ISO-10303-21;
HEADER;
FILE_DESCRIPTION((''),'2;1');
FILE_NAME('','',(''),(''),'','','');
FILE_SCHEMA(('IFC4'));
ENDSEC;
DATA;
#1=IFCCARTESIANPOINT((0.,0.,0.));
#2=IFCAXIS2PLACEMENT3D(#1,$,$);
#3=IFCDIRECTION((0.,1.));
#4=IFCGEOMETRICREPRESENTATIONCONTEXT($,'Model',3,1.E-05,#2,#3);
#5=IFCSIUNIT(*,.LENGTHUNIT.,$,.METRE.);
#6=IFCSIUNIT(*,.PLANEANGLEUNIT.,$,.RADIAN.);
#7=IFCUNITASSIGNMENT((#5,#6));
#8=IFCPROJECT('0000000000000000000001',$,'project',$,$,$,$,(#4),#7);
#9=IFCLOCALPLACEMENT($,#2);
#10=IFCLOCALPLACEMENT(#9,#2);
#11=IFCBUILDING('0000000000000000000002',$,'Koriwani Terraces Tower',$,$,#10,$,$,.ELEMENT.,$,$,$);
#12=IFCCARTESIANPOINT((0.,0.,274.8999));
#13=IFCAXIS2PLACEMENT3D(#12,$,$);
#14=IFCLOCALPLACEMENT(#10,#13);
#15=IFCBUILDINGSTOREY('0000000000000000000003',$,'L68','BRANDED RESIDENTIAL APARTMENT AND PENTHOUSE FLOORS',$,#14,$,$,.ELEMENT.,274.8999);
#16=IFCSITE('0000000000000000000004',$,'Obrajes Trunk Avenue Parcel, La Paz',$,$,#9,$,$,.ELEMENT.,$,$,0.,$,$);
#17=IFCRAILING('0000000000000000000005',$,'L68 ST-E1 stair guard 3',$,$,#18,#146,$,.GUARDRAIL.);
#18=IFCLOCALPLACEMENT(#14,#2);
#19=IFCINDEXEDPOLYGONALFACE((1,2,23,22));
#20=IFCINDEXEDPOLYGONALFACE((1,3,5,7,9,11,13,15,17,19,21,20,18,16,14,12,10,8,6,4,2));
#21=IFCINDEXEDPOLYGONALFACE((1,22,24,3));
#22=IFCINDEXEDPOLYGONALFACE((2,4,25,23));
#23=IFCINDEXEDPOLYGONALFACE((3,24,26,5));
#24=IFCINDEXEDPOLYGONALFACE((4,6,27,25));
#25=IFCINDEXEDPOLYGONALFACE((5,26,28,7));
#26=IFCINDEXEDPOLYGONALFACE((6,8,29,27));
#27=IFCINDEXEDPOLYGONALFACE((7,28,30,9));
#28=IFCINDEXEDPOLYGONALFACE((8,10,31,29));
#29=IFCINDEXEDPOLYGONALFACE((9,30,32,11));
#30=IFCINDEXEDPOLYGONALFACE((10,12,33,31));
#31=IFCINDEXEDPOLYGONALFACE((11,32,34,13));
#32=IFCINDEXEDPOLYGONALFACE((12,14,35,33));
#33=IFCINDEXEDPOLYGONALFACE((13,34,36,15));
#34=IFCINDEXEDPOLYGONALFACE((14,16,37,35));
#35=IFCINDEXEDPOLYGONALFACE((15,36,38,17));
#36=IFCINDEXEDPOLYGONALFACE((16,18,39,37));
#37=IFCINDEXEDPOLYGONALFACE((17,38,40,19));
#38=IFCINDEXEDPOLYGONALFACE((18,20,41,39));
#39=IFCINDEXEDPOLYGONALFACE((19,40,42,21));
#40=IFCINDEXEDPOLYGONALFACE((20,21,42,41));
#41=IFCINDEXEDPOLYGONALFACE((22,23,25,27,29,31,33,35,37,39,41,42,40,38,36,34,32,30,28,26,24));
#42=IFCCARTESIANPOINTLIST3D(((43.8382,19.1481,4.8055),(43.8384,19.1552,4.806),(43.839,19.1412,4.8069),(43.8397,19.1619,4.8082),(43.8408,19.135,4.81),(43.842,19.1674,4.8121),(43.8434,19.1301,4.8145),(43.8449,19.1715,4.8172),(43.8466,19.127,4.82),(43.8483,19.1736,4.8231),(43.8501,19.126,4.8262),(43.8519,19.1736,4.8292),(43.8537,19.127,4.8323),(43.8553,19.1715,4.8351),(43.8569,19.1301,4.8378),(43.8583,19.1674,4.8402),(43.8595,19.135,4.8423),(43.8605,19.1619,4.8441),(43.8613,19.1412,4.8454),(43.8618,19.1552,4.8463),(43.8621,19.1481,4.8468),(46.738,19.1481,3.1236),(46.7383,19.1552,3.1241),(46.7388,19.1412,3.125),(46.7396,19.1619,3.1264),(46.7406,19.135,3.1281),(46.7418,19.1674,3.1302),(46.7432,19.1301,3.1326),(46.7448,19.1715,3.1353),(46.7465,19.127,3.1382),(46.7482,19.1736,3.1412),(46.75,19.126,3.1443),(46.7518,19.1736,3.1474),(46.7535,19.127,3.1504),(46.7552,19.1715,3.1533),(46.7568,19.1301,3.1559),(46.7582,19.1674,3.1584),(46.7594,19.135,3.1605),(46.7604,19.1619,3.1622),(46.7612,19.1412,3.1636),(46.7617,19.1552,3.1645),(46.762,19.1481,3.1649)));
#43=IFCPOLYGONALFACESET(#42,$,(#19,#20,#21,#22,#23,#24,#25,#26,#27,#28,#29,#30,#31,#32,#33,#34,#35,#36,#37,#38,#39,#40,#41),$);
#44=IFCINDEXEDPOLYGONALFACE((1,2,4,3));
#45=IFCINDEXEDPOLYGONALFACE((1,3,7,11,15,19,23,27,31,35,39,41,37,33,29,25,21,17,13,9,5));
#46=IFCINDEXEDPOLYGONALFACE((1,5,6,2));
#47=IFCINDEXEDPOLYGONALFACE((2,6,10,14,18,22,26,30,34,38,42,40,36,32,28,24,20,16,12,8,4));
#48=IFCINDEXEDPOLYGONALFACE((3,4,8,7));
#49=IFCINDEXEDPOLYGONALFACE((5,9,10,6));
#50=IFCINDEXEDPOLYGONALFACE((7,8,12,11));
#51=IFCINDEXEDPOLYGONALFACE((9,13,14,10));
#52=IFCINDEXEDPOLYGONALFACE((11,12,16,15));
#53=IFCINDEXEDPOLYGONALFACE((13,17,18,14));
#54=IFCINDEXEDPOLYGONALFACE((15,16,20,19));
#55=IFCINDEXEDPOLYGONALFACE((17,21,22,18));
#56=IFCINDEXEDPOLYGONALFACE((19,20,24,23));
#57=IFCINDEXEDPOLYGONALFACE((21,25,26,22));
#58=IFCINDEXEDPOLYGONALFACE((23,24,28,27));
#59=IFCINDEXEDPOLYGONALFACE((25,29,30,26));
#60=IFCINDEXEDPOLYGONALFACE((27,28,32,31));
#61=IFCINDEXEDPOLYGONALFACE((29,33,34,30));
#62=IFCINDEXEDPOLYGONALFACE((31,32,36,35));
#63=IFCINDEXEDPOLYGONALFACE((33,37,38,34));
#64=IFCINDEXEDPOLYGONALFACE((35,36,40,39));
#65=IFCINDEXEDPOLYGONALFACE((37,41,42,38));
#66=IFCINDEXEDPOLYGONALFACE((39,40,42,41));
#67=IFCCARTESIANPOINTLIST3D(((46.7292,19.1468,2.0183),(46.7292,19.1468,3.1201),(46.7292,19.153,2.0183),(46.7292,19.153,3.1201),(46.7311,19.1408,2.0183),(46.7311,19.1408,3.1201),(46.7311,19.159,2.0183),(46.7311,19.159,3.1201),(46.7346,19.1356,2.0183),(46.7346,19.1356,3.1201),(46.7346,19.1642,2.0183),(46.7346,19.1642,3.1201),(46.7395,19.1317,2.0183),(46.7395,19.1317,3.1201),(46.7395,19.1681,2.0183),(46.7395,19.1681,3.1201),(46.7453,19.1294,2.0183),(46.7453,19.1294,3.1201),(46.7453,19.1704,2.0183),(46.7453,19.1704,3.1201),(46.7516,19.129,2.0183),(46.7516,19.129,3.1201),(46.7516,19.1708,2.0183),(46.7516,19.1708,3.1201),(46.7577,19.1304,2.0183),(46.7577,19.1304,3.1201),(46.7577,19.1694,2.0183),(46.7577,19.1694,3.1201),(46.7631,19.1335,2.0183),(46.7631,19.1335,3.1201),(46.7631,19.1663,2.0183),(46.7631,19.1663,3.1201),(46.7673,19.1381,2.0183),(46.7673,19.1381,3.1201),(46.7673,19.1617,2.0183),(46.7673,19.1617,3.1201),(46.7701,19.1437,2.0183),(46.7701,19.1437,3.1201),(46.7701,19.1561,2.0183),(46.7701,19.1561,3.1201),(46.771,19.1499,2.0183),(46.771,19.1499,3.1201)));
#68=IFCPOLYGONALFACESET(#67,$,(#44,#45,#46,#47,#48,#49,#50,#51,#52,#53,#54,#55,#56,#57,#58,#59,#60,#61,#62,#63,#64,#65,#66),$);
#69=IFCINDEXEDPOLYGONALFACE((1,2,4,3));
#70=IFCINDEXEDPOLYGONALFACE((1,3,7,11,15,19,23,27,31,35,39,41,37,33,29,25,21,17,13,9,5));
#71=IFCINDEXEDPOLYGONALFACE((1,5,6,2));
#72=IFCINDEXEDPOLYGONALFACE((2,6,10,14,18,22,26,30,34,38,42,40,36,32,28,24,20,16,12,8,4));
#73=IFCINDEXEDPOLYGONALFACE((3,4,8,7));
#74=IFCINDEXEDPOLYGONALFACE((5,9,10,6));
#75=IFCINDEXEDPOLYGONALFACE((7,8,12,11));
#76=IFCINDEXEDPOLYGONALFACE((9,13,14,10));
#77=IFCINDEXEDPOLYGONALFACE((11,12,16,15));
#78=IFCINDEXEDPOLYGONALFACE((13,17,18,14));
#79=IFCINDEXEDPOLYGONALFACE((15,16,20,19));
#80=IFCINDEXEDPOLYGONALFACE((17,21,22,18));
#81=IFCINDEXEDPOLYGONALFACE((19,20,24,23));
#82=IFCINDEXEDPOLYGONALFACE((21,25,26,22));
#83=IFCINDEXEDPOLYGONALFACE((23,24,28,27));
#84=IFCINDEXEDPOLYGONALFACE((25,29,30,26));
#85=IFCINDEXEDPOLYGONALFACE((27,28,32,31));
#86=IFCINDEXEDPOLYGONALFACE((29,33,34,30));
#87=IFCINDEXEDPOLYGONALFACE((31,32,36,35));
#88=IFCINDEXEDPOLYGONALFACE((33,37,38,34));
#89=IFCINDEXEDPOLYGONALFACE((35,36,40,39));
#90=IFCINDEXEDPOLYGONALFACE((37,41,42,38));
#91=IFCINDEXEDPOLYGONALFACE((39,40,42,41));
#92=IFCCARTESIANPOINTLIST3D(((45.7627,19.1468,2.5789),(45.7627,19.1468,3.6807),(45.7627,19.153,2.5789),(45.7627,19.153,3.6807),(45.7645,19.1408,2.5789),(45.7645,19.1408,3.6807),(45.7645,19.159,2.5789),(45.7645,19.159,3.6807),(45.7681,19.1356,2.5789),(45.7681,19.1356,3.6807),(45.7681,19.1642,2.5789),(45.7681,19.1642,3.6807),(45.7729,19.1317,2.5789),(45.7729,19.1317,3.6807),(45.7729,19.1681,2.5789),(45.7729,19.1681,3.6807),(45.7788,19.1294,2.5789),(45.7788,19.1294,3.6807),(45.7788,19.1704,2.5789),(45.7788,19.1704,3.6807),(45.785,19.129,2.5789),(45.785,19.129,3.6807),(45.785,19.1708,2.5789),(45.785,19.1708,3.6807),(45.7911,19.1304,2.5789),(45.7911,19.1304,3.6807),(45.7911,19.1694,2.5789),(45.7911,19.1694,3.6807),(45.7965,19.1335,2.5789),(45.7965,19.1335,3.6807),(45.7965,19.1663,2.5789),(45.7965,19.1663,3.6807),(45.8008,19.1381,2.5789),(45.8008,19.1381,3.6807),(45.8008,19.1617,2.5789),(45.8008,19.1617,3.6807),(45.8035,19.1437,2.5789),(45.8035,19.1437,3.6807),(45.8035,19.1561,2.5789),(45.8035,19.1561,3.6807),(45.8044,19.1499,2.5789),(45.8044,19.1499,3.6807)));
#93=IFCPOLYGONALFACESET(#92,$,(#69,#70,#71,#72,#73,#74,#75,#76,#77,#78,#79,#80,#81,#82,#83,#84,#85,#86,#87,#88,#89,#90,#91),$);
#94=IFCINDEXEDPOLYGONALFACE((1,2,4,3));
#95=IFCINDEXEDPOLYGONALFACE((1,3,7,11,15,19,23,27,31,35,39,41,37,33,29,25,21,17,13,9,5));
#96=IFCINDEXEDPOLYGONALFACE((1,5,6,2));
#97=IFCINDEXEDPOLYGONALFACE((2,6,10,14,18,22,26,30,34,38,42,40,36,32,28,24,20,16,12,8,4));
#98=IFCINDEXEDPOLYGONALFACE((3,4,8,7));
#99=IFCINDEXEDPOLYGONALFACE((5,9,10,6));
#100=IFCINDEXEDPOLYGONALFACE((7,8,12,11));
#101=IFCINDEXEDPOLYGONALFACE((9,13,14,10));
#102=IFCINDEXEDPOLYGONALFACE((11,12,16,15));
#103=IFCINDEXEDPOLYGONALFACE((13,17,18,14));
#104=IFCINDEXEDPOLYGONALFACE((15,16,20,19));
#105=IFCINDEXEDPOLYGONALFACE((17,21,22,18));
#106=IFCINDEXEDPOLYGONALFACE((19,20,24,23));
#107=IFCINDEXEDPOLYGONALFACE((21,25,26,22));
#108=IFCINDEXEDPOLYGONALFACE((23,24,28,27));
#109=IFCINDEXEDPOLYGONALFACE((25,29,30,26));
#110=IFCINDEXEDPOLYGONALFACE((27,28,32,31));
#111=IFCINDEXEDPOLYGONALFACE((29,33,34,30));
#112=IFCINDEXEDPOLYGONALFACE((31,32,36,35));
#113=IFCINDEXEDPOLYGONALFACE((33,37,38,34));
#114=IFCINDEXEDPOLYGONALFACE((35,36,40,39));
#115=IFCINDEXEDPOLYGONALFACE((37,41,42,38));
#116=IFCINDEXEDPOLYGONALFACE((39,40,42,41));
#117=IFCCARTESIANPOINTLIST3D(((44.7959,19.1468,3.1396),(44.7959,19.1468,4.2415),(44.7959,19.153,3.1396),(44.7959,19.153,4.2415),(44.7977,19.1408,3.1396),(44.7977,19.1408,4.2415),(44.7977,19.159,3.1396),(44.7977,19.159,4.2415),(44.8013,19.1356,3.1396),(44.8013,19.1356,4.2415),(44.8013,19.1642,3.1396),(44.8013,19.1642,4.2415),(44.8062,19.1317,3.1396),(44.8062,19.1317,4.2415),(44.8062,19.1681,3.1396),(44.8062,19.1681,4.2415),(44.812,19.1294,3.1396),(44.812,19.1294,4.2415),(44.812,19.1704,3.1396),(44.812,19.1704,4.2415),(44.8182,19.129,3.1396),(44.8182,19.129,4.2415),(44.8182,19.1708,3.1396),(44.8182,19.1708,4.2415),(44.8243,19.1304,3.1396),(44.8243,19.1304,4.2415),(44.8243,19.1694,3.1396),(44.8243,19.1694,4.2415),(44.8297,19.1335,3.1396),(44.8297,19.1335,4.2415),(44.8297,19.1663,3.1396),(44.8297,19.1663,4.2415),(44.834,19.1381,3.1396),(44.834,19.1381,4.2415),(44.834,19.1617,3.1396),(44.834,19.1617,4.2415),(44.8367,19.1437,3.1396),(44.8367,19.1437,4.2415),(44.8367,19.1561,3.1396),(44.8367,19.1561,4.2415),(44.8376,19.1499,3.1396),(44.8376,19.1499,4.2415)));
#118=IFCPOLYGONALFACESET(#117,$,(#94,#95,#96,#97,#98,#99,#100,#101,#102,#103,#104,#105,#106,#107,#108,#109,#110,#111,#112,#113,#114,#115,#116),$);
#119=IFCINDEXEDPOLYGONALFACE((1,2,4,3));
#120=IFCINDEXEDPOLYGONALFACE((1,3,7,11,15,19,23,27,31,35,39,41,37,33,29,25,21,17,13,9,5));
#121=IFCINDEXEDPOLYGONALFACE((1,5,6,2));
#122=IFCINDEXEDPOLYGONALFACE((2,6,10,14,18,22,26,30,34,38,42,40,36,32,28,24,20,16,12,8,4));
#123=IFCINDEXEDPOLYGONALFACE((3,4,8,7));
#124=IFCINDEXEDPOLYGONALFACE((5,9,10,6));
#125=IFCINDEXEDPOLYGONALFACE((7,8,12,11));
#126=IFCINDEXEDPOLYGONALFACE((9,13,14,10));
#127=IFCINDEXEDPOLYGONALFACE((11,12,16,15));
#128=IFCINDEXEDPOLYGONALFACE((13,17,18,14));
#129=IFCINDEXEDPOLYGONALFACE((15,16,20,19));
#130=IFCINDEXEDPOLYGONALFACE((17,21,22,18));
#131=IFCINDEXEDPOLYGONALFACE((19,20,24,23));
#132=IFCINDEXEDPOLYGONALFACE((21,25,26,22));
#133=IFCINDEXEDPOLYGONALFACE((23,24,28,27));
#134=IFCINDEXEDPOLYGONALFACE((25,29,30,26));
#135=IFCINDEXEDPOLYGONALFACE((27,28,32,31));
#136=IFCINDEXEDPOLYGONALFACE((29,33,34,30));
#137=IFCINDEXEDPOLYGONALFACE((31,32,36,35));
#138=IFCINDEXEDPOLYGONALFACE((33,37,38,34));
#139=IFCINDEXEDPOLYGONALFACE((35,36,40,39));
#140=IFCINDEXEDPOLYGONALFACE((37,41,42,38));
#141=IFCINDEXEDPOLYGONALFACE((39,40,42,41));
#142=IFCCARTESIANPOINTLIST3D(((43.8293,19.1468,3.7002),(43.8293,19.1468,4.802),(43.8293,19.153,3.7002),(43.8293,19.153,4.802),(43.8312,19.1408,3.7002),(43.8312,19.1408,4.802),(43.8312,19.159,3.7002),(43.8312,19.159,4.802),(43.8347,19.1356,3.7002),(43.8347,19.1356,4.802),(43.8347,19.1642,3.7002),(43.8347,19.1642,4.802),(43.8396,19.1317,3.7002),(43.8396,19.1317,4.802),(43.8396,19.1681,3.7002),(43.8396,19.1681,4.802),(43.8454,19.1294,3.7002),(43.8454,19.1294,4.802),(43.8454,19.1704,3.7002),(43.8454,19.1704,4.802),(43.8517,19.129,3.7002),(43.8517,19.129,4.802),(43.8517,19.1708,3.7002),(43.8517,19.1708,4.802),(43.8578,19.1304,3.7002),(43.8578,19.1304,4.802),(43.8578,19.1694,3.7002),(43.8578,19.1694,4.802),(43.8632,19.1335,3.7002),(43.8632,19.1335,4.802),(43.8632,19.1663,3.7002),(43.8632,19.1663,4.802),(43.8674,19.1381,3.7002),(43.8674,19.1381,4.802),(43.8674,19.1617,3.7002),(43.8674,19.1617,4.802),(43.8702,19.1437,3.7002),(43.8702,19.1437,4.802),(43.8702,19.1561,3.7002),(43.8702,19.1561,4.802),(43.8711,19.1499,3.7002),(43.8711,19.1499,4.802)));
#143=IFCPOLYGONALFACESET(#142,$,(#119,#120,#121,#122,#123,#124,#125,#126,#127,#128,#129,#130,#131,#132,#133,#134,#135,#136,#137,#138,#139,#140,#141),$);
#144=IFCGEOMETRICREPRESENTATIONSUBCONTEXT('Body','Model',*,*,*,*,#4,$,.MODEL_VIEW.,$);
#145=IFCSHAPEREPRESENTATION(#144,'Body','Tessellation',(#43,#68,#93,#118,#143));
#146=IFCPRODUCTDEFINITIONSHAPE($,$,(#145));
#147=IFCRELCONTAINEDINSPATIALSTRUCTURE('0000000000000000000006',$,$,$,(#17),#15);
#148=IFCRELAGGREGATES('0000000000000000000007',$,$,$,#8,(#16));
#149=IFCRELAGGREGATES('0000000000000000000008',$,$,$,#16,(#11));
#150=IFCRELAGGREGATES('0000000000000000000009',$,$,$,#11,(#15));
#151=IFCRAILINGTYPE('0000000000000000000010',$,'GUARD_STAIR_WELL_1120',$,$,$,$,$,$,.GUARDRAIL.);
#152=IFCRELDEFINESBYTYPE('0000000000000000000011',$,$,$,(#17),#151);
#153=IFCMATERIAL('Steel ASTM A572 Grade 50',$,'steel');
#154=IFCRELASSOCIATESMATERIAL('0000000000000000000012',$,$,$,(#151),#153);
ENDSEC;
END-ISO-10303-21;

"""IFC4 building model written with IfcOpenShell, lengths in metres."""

from ifc_helpers import new_model, si_unit, direction, frame, origin, origin_2d, place, context, subcontext, project, spatial, circle, extrude, material, type_object, element, save


model = new_model("IFC4")

# Units and contexts
model_context = context("Model", 3, precision=1e-05, world=origin(), true_north=direction((0.0, 1.0)))
body_context = subcontext(model_context, "Body", "Model", "MODEL_VIEW")
ifc_project = project(units=[si_unit("LENGTHUNIT", "METRE"), si_unit("PLANEANGLEUNIT", "RADIAN")], contexts=[model_context])

# Site, building, storey
site_placement = place(None, origin())
site = spatial("IfcSite", under=ifc_project, at=site_placement, Name="Obrajes Trunk Avenue Parcel, La Paz", CompositionType="ELEMENT", RefElevation=0.0)
building_placement = place(site_placement, origin())
building = spatial("IfcBuilding", under=site, at=building_placement, Name="Koriwani Terraces Tower", CompositionType="ELEMENT")
storey_placement = place(building_placement, frame((0.0, 0.0, 274.8999)))
storey = spatial("IfcBuildingStorey", under=building, at=storey_placement, Name="L68", Description="BRANDED RESIDENTIAL APARTMENT AND PENTHOUSE FLOORS", CompositionType="ELEMENT", Elevation=274.8999)

# Shared definitions
ifc_material_1 = material(Name="Steel ASTM A572 Grade 50", Category="steel")

# Railing
railing_type_1 = type_object("IfcRailingType", Name="GUARD_STAIR_WELL_1120", PredefinedType="GUARDRAIL", material=ifc_material_1)
for number, where, name in (
    (1, (46.75, 19.1499, 2.0183), "L68 ST-E1 stair guard 3"),
):
    element("IfcRailing", number, at=place(storey_placement, frame(where)), inside=storey, type_object=railing_type_1, Name=name, PredefinedType="GUARDRAIL", context=body_context, shape_type="SweptSolid", body=[
        extrude(circle(Radius=0.0239, at=origin_2d()), frame((0.0, 0.0, 1.126), z_axis=(-0.865039, 0.0, 0.501705), x_axis=(0.0, -1.0, 0.0)), (0.0, 0.0, 1.0), 3.3523),
        extrude(circle(Radius=0.021, at=origin_2d()), origin(), (0.0, 0.0, 1.0), 1.1018),
        extrude(circle(Radius=0.021, at=origin_2d()), frame((-0.9666, 0.0, 0.5605)), (0.0, 0.0, 1.0), 1.1018),
        extrude(circle(Radius=0.021, at=origin_2d()), frame((-1.9333, 0.0, 1.1213)), (0.0, 0.0, 1.0), 1.1018),
        extrude(circle(Radius=0.021, at=origin_2d()), frame((-2.8999, 0.0, 1.6819)), (0.0, 0.0, 1.0), 1.1018),
    ])

save(model, "model.ifc")
